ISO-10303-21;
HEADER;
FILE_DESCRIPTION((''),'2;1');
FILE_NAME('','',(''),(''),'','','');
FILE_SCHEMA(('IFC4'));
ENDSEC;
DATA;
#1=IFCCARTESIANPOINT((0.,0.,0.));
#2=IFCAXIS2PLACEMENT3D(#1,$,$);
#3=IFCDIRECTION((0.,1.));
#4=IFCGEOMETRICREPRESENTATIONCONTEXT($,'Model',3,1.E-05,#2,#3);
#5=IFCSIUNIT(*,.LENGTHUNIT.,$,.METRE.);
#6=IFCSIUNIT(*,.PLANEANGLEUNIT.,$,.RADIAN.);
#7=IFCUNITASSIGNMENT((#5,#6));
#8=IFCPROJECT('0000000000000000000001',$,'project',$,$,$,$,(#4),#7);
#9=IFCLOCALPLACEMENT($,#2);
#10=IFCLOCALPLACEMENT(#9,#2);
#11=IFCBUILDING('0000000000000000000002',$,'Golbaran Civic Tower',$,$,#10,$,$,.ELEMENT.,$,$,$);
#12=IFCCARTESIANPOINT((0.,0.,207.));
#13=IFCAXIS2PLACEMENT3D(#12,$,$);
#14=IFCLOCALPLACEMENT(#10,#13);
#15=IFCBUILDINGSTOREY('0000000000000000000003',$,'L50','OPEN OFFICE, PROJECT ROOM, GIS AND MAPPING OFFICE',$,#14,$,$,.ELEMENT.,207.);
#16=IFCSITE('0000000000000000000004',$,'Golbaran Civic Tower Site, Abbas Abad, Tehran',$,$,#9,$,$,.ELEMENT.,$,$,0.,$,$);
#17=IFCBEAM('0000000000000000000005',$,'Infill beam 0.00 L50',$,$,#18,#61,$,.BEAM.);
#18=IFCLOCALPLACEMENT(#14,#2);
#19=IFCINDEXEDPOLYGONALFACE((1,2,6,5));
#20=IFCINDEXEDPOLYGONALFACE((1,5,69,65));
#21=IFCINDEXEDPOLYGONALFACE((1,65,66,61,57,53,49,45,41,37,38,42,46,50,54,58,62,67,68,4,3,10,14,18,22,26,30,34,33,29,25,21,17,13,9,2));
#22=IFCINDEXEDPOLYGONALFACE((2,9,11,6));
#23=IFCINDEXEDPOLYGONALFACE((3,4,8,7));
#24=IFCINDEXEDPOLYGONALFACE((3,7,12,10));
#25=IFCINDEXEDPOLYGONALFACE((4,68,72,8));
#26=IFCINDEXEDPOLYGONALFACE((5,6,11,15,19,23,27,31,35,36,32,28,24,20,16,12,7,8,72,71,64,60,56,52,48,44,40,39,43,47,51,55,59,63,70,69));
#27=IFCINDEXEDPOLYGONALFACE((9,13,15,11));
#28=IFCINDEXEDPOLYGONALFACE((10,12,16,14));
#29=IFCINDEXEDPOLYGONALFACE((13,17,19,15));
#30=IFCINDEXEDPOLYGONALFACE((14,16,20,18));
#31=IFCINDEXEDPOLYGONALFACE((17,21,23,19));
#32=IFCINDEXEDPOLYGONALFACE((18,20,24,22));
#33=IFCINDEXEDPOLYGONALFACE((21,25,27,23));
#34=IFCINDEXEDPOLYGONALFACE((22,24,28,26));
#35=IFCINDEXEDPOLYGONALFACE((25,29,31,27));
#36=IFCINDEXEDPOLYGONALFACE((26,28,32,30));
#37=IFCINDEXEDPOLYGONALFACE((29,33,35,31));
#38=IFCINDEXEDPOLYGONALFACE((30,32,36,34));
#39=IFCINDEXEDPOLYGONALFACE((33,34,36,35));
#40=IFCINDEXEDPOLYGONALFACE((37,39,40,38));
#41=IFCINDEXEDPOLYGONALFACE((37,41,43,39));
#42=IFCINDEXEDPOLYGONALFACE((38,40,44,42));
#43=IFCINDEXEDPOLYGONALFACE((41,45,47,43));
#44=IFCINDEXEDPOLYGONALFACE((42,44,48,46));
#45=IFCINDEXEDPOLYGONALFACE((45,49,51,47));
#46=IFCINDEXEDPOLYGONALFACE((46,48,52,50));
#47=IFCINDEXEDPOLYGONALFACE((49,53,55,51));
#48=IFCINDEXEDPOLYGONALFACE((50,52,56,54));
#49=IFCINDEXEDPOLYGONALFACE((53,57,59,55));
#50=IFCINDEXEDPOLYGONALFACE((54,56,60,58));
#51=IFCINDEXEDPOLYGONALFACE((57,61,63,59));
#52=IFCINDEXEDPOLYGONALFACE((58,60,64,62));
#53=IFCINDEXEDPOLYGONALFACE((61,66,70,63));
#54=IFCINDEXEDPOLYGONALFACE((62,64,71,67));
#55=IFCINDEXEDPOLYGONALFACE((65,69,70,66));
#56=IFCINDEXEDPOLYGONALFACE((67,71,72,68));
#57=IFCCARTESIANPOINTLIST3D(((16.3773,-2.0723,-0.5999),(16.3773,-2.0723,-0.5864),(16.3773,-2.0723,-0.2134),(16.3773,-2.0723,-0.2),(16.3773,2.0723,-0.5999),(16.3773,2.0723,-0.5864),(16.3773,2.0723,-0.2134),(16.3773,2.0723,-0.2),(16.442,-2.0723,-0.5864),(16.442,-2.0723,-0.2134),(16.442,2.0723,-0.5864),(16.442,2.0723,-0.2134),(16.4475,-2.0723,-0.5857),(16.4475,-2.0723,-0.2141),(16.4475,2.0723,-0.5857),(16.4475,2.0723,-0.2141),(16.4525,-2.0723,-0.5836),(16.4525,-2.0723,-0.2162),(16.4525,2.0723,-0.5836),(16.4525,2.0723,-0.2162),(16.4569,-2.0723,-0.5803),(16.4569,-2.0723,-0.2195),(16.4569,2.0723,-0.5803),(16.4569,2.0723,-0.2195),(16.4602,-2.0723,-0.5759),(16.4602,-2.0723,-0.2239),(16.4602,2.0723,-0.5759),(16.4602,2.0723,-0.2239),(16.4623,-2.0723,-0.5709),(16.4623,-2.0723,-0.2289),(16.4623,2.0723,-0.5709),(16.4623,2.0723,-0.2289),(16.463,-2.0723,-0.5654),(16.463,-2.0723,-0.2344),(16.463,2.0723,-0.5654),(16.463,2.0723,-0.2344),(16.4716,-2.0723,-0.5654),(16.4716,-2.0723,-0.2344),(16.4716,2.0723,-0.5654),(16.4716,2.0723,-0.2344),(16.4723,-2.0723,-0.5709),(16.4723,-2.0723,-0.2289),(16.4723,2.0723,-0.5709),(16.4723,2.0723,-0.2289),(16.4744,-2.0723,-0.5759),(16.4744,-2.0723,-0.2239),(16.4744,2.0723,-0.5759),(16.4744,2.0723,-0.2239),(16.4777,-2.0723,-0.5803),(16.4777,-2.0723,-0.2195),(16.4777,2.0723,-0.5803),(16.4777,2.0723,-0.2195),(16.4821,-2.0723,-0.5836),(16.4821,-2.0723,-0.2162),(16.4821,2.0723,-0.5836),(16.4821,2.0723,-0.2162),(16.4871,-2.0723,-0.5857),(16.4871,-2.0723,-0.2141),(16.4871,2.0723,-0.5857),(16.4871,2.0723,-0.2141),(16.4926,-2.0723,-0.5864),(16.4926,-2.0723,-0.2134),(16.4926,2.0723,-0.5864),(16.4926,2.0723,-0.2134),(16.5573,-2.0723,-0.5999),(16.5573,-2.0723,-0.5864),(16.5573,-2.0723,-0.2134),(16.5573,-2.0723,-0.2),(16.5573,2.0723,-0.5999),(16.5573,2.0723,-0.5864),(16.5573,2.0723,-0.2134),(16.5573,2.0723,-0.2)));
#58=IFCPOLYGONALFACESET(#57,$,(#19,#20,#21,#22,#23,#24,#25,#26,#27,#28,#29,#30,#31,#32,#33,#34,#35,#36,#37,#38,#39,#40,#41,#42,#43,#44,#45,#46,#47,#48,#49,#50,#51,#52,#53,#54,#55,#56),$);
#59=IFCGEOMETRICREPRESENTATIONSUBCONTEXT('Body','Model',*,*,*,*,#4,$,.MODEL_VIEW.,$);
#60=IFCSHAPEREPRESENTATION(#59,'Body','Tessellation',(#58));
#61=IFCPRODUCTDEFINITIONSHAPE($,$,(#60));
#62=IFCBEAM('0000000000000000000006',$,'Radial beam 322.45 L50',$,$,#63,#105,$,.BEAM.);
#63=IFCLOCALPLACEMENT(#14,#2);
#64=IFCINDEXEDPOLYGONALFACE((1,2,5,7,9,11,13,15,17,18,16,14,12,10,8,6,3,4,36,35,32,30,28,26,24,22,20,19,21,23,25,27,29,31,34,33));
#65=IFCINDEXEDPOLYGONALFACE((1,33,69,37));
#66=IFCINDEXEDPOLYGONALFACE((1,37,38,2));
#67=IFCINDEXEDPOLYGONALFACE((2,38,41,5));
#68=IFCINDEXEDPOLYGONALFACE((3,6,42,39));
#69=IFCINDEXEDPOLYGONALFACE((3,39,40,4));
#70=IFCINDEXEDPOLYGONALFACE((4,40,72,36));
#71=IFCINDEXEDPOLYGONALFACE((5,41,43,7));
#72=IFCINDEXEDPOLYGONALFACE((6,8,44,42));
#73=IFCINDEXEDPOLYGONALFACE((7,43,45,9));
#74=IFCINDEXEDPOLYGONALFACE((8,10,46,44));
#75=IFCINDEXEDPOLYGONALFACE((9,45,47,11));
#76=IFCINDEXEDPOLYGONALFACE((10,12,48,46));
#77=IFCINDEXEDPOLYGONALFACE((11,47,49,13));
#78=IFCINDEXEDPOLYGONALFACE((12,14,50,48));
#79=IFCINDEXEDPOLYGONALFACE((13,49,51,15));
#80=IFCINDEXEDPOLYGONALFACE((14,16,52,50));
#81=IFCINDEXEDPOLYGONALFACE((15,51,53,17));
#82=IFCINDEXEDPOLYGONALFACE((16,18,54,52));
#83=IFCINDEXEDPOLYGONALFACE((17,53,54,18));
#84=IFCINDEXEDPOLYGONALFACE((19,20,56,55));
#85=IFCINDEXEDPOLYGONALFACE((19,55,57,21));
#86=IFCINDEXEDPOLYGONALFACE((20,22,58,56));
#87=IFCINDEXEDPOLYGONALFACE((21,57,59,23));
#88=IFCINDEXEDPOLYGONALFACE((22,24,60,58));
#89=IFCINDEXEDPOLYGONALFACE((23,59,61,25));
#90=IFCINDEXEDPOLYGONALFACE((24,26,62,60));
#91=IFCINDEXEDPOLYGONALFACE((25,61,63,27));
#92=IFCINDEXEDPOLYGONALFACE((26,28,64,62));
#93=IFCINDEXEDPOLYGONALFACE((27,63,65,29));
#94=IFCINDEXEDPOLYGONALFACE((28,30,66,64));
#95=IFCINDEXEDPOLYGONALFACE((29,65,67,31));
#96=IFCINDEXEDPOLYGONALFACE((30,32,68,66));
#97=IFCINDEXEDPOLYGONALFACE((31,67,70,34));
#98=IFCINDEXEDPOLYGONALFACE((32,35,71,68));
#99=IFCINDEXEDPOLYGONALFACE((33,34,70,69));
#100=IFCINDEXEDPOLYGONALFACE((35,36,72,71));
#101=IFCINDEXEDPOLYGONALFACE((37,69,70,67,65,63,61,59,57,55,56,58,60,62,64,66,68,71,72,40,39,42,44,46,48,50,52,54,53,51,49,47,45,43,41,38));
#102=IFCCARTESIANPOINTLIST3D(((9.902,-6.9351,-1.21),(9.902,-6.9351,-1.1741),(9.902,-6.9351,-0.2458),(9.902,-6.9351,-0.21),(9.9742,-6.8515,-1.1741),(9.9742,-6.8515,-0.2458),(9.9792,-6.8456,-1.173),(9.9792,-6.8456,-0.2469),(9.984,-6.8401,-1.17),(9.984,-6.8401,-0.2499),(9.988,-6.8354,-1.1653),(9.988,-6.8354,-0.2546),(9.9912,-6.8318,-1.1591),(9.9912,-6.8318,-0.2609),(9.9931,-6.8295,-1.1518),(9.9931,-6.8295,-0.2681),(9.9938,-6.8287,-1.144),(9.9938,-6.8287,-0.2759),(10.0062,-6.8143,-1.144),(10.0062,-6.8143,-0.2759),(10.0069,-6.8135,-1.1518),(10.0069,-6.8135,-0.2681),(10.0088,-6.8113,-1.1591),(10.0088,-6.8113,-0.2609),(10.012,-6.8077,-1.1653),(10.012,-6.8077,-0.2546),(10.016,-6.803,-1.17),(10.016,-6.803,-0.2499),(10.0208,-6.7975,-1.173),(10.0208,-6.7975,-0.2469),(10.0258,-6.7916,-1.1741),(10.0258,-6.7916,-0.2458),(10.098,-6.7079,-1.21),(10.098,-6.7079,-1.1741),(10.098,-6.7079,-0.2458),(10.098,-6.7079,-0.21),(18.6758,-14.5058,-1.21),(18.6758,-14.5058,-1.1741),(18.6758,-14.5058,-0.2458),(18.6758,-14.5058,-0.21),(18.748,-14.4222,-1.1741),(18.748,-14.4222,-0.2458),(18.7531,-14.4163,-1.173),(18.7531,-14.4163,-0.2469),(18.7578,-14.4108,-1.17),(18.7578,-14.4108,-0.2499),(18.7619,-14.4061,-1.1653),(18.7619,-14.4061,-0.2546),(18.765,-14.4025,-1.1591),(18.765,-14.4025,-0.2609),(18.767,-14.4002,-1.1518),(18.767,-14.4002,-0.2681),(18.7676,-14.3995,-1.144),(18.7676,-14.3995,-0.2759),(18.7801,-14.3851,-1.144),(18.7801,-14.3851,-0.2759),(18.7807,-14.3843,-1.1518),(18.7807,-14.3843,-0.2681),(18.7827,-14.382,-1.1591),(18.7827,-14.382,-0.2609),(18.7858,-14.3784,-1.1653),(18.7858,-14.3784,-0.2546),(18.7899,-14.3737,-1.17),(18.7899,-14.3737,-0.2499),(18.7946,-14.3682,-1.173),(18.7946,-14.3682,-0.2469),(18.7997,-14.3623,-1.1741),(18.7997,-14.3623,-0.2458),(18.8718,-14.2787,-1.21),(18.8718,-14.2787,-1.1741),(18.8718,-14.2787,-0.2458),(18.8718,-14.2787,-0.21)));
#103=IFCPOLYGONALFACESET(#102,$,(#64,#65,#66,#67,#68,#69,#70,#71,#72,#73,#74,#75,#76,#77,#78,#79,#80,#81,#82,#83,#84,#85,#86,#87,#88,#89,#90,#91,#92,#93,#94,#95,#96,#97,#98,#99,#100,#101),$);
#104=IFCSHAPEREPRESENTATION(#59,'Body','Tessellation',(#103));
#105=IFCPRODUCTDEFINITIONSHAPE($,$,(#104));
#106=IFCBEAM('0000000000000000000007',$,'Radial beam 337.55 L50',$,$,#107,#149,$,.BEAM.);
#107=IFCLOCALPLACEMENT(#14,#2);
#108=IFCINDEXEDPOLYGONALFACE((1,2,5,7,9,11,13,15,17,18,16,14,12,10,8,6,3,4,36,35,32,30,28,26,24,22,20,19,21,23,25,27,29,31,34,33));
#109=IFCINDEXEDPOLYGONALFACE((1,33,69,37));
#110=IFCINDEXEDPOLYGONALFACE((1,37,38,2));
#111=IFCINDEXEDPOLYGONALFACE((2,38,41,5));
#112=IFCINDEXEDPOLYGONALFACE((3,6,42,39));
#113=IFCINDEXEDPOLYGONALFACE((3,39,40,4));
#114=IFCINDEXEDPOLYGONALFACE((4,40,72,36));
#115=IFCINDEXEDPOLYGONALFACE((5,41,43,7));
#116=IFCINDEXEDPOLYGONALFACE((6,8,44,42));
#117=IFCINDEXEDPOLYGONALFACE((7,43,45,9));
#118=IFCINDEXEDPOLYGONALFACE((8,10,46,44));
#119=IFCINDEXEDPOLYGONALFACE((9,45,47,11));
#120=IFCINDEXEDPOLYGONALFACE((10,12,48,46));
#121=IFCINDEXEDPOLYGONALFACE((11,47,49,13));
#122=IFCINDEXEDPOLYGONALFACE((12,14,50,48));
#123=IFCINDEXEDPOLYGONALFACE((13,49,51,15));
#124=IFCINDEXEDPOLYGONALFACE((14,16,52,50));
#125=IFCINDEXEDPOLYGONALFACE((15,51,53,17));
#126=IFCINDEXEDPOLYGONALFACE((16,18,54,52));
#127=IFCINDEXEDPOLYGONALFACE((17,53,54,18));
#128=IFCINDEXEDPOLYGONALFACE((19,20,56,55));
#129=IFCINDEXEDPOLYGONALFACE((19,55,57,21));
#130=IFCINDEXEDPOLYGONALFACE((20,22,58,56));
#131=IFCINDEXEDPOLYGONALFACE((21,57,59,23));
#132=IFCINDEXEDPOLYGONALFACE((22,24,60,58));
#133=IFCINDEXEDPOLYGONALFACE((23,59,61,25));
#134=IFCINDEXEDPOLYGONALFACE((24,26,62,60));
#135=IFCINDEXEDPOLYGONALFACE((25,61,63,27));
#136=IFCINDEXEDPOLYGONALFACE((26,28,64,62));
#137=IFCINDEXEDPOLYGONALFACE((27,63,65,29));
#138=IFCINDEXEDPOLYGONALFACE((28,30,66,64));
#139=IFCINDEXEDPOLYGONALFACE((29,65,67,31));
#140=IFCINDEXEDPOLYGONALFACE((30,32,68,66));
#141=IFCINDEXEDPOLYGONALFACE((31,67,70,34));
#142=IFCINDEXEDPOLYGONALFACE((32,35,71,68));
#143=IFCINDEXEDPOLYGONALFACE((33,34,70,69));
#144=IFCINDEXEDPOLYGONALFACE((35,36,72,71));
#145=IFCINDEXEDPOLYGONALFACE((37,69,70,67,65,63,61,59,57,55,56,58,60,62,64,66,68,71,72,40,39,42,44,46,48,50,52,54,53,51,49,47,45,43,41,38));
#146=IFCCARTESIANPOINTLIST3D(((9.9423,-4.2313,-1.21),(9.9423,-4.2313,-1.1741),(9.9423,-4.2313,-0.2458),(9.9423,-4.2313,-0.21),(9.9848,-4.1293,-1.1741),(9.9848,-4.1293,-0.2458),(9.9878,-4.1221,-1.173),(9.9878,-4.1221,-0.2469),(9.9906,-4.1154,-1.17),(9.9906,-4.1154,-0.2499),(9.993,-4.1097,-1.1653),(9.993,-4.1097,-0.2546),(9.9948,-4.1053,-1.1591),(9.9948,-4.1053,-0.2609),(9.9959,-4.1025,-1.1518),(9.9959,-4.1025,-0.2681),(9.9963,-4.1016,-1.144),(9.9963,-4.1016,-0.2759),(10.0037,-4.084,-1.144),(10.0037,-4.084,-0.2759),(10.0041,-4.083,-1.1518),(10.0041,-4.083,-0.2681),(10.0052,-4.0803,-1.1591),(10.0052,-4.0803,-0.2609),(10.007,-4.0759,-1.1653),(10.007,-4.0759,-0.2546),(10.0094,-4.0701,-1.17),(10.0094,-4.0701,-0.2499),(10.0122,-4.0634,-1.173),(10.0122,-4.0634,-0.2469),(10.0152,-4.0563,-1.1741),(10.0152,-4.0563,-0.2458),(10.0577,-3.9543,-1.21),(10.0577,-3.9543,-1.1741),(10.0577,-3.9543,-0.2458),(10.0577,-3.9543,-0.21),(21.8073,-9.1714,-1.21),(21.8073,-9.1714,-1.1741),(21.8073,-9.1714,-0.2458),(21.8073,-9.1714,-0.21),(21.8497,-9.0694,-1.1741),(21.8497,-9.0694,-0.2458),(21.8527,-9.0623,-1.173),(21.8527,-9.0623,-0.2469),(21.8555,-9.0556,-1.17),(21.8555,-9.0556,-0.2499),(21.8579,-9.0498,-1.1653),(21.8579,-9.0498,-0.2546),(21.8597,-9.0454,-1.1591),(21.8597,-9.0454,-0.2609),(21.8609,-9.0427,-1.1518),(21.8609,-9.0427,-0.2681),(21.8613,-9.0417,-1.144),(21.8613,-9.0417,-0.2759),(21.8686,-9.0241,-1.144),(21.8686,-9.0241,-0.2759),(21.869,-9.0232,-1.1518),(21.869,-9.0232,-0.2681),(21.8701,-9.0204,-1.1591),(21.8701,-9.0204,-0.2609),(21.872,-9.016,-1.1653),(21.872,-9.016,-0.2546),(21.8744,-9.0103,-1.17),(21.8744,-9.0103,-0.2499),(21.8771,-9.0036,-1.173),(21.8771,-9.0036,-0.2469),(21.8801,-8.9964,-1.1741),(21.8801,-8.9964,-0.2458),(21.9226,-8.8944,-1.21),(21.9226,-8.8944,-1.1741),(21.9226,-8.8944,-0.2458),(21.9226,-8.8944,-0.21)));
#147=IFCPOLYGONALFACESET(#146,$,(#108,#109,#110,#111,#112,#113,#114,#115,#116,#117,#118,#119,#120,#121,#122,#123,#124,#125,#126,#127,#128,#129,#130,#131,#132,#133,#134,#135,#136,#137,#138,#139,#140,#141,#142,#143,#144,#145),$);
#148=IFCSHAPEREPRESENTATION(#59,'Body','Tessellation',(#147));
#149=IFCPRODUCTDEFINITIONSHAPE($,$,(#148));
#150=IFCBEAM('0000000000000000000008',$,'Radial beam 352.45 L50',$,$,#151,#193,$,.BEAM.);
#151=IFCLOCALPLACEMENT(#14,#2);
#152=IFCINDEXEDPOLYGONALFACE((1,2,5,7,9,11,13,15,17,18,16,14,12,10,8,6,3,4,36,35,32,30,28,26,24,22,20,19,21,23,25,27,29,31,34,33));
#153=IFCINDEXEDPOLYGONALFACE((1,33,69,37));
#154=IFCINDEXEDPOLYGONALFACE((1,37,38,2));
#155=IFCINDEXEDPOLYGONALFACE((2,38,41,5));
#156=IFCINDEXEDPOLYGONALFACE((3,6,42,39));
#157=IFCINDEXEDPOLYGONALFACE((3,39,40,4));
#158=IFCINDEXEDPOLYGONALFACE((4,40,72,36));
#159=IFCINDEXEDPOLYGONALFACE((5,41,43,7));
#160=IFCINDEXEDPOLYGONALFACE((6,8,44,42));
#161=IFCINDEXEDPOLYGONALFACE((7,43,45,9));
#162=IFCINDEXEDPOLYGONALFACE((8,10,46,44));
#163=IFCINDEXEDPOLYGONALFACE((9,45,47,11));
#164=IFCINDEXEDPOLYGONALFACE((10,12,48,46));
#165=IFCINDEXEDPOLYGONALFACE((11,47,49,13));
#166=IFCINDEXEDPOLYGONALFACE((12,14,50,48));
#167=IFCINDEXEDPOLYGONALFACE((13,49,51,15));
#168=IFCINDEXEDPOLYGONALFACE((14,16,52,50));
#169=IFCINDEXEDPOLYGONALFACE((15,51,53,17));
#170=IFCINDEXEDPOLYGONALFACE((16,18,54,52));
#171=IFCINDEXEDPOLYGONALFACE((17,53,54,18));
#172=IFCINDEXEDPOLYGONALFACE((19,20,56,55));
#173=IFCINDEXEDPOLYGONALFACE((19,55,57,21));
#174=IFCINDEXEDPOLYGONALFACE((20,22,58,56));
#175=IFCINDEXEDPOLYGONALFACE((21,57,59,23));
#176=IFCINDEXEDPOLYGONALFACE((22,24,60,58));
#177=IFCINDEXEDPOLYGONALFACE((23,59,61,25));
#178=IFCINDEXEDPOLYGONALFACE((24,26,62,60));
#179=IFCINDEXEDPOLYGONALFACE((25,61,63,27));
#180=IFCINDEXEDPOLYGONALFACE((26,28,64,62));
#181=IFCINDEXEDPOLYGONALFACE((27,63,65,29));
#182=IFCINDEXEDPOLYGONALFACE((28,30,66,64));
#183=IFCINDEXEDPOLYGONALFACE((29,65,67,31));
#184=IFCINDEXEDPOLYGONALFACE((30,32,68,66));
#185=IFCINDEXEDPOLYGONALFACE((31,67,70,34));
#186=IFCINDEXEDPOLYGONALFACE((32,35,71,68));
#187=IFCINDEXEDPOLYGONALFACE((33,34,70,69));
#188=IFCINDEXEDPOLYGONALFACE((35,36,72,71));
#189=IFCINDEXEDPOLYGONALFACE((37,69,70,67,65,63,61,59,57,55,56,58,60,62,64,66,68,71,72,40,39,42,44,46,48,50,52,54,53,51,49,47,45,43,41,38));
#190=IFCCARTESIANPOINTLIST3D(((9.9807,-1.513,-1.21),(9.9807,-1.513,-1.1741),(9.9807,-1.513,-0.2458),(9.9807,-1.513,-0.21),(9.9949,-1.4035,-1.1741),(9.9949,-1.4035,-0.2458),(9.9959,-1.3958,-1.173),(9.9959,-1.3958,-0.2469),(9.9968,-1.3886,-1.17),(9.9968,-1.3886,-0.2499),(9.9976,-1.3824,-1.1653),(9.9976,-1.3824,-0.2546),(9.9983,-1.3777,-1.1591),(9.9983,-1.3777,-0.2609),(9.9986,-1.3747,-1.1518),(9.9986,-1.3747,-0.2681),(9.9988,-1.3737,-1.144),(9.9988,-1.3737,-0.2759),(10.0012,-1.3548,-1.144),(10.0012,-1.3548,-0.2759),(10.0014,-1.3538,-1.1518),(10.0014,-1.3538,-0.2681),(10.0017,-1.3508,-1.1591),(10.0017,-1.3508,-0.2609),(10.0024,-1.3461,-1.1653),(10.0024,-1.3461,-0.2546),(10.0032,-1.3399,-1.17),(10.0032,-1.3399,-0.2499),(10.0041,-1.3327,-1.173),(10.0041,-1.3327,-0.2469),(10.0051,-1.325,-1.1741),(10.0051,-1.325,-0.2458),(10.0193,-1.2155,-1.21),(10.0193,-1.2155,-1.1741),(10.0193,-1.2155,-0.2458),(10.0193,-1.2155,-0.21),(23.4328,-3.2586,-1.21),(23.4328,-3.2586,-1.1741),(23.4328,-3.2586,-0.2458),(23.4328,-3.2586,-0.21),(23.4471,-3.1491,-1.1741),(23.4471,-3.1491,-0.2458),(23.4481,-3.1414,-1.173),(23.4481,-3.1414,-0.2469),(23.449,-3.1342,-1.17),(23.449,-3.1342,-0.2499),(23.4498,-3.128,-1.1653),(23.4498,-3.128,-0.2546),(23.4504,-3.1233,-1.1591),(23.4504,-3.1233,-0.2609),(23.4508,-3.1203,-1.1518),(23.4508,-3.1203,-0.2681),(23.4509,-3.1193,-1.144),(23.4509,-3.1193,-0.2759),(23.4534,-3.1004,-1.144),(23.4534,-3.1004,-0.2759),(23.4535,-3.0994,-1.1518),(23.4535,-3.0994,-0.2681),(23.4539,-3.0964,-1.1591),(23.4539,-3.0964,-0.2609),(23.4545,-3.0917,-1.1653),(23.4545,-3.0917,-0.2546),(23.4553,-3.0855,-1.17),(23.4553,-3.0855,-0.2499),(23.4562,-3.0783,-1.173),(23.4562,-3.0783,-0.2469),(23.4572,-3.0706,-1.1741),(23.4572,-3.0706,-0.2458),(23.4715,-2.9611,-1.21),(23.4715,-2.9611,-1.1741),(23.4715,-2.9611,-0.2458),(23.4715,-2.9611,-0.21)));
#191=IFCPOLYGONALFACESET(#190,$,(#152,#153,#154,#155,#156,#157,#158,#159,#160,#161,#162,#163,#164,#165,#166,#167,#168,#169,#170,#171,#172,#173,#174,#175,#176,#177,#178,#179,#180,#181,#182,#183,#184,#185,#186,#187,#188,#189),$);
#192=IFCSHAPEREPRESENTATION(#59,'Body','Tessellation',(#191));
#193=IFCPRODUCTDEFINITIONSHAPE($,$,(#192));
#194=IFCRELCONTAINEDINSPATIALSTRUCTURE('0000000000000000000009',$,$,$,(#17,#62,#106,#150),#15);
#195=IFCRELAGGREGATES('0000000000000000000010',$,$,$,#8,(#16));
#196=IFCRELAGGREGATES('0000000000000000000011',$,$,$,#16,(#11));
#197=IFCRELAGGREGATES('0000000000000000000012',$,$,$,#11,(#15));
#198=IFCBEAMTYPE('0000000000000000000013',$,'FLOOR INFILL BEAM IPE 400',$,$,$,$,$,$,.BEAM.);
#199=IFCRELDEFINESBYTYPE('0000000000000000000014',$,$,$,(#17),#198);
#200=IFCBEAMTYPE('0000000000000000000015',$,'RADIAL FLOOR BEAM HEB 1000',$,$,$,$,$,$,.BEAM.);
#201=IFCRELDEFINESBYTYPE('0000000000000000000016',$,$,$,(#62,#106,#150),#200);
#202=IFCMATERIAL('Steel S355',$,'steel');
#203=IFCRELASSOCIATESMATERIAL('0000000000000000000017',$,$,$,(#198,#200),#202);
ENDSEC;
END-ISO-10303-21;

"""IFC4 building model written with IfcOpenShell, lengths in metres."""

from ifc_helpers import new_model, si_unit, direction, frame, origin, origin_2d, place, context, subcontext, project, spatial, i_section, extrude, material, material_profile, profile_set, type_object, element, save


model = new_model("IFC4")

# Units and contexts
model_context = context("Model", 3, precision=1e-05, world=origin(), true_north=direction((0.0, 1.0)))
body_context = subcontext(model_context, "Body", "Model", "MODEL_VIEW")
ifc_project = project(units=[si_unit("LENGTHUNIT", "METRE"), si_unit("PLANEANGLEUNIT", "RADIAN")], contexts=[model_context])

# Site, building, storey
site_placement = place(None, origin())
site = spatial("IfcSite", under=ifc_project, at=site_placement, Name="Golbaran Civic Tower Site, Abbas Abad, Tehran", CompositionType="ELEMENT", RefElevation=0.0)
building_placement = place(site_placement, origin())
building = spatial("IfcBuilding", under=site, at=building_placement, Name="Golbaran Civic Tower", CompositionType="ELEMENT")
storey_placement = place(building_placement, frame((0.0, 0.0, 207.0)))
storey = spatial("IfcBuildingStorey", under=building, at=storey_placement, Name="L50", Description="OPEN OFFICE, PROJECT ROOM, GIS AND MAPPING OFFICE", CompositionType="ELEMENT", Elevation=207.0)

# Beams
ifc_material_1 = material(Name="Steel S355", Category="steel")
ifc_material_profile_1 = material_profile(ifc_material_1, i_section(OverallWidth=0.1799, OverallDepth=0.3999, WebThickness=0.0085, FlangeThickness=0.0134, FilletRadius=0.021, at=origin_2d()), Name="IPE 400")
ifc_profile_set_1 = profile_set([ifc_material_profile_1], Name="Steel S355")
beam_type_1 = type_object("IfcBeamType", Name="FLOOR INFILL BEAM IPE 400", PredefinedType="BEAM", material=ifc_profile_set_1)
beam_1_placement = place(storey_placement, frame((16.4673, -2.0723, -0.3999), z_axis=(0.0, 1.0, 0.0), x_axis=(-1.0, 0.0, 0.0)))
element("IfcBeam", 1, at=beam_1_placement, inside=storey, type_object=beam_type_1, Name="Infill beam 0.00 L50", PredefinedType="BEAM", context=body_context, shape_type="SweptSolid", body=[
    extrude(i_section(OverallWidth=0.1799, OverallDepth=0.3999, WebThickness=0.0085, FlangeThickness=0.0134, FilletRadius=0.021, at=origin_2d()), origin(), (0.0, 0.0, 1.0), 4.1445),
])
ifc_material_profile_2 = material_profile(ifc_material_1, i_section(OverallWidth=0.3, OverallDepth=1.0, WebThickness=0.019, FlangeThickness=0.0359, FilletRadius=0.03, at=origin_2d()), Name="HEB 1000")
ifc_profile_set_2 = profile_set([ifc_material_profile_2], Name="Steel S355")
beam_type_2 = type_object("IfcBeamType", Name="RADIAL FLOOR BEAM HEB 1000", PredefinedType="BEAM", material=ifc_profile_set_2)
beam_2_placement = place(storey_placement, frame((10.0, -6.8215, -0.71), z_axis=(0.757108, -0.65329, 0.0), x_axis=(0.65329, 0.757108, 0.0)))
element("IfcBeam", 2, at=beam_2_placement, inside=storey, type_object=beam_type_2, Name="Radial beam 322.45 L50", PredefinedType="BEAM", context=body_context, shape_type="SweptSolid", body=[
    extrude(i_section(OverallWidth=0.3, OverallDepth=1.0, WebThickness=0.019, FlangeThickness=0.0359, FilletRadius=0.03, at=origin_2d()), origin(), (0.0, 0.0, 1.0), 11.5886),
])
beam_3_placement = place(storey_placement, frame((10.0, -4.0928, -0.71), z_axis=(0.923175, -0.384379, 0.0), x_axis=(0.384379, 0.923175, 0.0)))
element("IfcBeam", 3, at=beam_3_placement, inside=storey, type_object=beam_type_2, Name="Radial beam 337.55 L50", PredefinedType="BEAM", context=body_context, shape_type="SweptSolid", body=[
    extrude(i_section(OverallWidth=0.3, OverallDepth=1.0, WebThickness=0.019, FlangeThickness=0.0359, FilletRadius=0.03, at=origin_2d()), origin(), (0.0, 0.0, 1.0), 12.8523),
])
beam_4_placement = place(storey_placement, frame((10.0, -1.3643, -0.71), z_axis=(0.991686, -0.128685, 0.0), x_axis=(0.128685, 0.991686, 0.0)))
element("IfcBeam", 4, at=beam_4_placement, inside=storey, type_object=beam_type_2, Name="Radial beam 352.45 L50", PredefinedType="BEAM", context=body_context, shape_type="SweptSolid", body=[
    extrude(i_section(OverallWidth=0.3, OverallDepth=1.0, WebThickness=0.019, FlangeThickness=0.0359, FilletRadius=0.03, at=origin_2d()), origin(), (0.0, 0.0, 1.0), 13.5649),
])

save(model, "model.ifc")
